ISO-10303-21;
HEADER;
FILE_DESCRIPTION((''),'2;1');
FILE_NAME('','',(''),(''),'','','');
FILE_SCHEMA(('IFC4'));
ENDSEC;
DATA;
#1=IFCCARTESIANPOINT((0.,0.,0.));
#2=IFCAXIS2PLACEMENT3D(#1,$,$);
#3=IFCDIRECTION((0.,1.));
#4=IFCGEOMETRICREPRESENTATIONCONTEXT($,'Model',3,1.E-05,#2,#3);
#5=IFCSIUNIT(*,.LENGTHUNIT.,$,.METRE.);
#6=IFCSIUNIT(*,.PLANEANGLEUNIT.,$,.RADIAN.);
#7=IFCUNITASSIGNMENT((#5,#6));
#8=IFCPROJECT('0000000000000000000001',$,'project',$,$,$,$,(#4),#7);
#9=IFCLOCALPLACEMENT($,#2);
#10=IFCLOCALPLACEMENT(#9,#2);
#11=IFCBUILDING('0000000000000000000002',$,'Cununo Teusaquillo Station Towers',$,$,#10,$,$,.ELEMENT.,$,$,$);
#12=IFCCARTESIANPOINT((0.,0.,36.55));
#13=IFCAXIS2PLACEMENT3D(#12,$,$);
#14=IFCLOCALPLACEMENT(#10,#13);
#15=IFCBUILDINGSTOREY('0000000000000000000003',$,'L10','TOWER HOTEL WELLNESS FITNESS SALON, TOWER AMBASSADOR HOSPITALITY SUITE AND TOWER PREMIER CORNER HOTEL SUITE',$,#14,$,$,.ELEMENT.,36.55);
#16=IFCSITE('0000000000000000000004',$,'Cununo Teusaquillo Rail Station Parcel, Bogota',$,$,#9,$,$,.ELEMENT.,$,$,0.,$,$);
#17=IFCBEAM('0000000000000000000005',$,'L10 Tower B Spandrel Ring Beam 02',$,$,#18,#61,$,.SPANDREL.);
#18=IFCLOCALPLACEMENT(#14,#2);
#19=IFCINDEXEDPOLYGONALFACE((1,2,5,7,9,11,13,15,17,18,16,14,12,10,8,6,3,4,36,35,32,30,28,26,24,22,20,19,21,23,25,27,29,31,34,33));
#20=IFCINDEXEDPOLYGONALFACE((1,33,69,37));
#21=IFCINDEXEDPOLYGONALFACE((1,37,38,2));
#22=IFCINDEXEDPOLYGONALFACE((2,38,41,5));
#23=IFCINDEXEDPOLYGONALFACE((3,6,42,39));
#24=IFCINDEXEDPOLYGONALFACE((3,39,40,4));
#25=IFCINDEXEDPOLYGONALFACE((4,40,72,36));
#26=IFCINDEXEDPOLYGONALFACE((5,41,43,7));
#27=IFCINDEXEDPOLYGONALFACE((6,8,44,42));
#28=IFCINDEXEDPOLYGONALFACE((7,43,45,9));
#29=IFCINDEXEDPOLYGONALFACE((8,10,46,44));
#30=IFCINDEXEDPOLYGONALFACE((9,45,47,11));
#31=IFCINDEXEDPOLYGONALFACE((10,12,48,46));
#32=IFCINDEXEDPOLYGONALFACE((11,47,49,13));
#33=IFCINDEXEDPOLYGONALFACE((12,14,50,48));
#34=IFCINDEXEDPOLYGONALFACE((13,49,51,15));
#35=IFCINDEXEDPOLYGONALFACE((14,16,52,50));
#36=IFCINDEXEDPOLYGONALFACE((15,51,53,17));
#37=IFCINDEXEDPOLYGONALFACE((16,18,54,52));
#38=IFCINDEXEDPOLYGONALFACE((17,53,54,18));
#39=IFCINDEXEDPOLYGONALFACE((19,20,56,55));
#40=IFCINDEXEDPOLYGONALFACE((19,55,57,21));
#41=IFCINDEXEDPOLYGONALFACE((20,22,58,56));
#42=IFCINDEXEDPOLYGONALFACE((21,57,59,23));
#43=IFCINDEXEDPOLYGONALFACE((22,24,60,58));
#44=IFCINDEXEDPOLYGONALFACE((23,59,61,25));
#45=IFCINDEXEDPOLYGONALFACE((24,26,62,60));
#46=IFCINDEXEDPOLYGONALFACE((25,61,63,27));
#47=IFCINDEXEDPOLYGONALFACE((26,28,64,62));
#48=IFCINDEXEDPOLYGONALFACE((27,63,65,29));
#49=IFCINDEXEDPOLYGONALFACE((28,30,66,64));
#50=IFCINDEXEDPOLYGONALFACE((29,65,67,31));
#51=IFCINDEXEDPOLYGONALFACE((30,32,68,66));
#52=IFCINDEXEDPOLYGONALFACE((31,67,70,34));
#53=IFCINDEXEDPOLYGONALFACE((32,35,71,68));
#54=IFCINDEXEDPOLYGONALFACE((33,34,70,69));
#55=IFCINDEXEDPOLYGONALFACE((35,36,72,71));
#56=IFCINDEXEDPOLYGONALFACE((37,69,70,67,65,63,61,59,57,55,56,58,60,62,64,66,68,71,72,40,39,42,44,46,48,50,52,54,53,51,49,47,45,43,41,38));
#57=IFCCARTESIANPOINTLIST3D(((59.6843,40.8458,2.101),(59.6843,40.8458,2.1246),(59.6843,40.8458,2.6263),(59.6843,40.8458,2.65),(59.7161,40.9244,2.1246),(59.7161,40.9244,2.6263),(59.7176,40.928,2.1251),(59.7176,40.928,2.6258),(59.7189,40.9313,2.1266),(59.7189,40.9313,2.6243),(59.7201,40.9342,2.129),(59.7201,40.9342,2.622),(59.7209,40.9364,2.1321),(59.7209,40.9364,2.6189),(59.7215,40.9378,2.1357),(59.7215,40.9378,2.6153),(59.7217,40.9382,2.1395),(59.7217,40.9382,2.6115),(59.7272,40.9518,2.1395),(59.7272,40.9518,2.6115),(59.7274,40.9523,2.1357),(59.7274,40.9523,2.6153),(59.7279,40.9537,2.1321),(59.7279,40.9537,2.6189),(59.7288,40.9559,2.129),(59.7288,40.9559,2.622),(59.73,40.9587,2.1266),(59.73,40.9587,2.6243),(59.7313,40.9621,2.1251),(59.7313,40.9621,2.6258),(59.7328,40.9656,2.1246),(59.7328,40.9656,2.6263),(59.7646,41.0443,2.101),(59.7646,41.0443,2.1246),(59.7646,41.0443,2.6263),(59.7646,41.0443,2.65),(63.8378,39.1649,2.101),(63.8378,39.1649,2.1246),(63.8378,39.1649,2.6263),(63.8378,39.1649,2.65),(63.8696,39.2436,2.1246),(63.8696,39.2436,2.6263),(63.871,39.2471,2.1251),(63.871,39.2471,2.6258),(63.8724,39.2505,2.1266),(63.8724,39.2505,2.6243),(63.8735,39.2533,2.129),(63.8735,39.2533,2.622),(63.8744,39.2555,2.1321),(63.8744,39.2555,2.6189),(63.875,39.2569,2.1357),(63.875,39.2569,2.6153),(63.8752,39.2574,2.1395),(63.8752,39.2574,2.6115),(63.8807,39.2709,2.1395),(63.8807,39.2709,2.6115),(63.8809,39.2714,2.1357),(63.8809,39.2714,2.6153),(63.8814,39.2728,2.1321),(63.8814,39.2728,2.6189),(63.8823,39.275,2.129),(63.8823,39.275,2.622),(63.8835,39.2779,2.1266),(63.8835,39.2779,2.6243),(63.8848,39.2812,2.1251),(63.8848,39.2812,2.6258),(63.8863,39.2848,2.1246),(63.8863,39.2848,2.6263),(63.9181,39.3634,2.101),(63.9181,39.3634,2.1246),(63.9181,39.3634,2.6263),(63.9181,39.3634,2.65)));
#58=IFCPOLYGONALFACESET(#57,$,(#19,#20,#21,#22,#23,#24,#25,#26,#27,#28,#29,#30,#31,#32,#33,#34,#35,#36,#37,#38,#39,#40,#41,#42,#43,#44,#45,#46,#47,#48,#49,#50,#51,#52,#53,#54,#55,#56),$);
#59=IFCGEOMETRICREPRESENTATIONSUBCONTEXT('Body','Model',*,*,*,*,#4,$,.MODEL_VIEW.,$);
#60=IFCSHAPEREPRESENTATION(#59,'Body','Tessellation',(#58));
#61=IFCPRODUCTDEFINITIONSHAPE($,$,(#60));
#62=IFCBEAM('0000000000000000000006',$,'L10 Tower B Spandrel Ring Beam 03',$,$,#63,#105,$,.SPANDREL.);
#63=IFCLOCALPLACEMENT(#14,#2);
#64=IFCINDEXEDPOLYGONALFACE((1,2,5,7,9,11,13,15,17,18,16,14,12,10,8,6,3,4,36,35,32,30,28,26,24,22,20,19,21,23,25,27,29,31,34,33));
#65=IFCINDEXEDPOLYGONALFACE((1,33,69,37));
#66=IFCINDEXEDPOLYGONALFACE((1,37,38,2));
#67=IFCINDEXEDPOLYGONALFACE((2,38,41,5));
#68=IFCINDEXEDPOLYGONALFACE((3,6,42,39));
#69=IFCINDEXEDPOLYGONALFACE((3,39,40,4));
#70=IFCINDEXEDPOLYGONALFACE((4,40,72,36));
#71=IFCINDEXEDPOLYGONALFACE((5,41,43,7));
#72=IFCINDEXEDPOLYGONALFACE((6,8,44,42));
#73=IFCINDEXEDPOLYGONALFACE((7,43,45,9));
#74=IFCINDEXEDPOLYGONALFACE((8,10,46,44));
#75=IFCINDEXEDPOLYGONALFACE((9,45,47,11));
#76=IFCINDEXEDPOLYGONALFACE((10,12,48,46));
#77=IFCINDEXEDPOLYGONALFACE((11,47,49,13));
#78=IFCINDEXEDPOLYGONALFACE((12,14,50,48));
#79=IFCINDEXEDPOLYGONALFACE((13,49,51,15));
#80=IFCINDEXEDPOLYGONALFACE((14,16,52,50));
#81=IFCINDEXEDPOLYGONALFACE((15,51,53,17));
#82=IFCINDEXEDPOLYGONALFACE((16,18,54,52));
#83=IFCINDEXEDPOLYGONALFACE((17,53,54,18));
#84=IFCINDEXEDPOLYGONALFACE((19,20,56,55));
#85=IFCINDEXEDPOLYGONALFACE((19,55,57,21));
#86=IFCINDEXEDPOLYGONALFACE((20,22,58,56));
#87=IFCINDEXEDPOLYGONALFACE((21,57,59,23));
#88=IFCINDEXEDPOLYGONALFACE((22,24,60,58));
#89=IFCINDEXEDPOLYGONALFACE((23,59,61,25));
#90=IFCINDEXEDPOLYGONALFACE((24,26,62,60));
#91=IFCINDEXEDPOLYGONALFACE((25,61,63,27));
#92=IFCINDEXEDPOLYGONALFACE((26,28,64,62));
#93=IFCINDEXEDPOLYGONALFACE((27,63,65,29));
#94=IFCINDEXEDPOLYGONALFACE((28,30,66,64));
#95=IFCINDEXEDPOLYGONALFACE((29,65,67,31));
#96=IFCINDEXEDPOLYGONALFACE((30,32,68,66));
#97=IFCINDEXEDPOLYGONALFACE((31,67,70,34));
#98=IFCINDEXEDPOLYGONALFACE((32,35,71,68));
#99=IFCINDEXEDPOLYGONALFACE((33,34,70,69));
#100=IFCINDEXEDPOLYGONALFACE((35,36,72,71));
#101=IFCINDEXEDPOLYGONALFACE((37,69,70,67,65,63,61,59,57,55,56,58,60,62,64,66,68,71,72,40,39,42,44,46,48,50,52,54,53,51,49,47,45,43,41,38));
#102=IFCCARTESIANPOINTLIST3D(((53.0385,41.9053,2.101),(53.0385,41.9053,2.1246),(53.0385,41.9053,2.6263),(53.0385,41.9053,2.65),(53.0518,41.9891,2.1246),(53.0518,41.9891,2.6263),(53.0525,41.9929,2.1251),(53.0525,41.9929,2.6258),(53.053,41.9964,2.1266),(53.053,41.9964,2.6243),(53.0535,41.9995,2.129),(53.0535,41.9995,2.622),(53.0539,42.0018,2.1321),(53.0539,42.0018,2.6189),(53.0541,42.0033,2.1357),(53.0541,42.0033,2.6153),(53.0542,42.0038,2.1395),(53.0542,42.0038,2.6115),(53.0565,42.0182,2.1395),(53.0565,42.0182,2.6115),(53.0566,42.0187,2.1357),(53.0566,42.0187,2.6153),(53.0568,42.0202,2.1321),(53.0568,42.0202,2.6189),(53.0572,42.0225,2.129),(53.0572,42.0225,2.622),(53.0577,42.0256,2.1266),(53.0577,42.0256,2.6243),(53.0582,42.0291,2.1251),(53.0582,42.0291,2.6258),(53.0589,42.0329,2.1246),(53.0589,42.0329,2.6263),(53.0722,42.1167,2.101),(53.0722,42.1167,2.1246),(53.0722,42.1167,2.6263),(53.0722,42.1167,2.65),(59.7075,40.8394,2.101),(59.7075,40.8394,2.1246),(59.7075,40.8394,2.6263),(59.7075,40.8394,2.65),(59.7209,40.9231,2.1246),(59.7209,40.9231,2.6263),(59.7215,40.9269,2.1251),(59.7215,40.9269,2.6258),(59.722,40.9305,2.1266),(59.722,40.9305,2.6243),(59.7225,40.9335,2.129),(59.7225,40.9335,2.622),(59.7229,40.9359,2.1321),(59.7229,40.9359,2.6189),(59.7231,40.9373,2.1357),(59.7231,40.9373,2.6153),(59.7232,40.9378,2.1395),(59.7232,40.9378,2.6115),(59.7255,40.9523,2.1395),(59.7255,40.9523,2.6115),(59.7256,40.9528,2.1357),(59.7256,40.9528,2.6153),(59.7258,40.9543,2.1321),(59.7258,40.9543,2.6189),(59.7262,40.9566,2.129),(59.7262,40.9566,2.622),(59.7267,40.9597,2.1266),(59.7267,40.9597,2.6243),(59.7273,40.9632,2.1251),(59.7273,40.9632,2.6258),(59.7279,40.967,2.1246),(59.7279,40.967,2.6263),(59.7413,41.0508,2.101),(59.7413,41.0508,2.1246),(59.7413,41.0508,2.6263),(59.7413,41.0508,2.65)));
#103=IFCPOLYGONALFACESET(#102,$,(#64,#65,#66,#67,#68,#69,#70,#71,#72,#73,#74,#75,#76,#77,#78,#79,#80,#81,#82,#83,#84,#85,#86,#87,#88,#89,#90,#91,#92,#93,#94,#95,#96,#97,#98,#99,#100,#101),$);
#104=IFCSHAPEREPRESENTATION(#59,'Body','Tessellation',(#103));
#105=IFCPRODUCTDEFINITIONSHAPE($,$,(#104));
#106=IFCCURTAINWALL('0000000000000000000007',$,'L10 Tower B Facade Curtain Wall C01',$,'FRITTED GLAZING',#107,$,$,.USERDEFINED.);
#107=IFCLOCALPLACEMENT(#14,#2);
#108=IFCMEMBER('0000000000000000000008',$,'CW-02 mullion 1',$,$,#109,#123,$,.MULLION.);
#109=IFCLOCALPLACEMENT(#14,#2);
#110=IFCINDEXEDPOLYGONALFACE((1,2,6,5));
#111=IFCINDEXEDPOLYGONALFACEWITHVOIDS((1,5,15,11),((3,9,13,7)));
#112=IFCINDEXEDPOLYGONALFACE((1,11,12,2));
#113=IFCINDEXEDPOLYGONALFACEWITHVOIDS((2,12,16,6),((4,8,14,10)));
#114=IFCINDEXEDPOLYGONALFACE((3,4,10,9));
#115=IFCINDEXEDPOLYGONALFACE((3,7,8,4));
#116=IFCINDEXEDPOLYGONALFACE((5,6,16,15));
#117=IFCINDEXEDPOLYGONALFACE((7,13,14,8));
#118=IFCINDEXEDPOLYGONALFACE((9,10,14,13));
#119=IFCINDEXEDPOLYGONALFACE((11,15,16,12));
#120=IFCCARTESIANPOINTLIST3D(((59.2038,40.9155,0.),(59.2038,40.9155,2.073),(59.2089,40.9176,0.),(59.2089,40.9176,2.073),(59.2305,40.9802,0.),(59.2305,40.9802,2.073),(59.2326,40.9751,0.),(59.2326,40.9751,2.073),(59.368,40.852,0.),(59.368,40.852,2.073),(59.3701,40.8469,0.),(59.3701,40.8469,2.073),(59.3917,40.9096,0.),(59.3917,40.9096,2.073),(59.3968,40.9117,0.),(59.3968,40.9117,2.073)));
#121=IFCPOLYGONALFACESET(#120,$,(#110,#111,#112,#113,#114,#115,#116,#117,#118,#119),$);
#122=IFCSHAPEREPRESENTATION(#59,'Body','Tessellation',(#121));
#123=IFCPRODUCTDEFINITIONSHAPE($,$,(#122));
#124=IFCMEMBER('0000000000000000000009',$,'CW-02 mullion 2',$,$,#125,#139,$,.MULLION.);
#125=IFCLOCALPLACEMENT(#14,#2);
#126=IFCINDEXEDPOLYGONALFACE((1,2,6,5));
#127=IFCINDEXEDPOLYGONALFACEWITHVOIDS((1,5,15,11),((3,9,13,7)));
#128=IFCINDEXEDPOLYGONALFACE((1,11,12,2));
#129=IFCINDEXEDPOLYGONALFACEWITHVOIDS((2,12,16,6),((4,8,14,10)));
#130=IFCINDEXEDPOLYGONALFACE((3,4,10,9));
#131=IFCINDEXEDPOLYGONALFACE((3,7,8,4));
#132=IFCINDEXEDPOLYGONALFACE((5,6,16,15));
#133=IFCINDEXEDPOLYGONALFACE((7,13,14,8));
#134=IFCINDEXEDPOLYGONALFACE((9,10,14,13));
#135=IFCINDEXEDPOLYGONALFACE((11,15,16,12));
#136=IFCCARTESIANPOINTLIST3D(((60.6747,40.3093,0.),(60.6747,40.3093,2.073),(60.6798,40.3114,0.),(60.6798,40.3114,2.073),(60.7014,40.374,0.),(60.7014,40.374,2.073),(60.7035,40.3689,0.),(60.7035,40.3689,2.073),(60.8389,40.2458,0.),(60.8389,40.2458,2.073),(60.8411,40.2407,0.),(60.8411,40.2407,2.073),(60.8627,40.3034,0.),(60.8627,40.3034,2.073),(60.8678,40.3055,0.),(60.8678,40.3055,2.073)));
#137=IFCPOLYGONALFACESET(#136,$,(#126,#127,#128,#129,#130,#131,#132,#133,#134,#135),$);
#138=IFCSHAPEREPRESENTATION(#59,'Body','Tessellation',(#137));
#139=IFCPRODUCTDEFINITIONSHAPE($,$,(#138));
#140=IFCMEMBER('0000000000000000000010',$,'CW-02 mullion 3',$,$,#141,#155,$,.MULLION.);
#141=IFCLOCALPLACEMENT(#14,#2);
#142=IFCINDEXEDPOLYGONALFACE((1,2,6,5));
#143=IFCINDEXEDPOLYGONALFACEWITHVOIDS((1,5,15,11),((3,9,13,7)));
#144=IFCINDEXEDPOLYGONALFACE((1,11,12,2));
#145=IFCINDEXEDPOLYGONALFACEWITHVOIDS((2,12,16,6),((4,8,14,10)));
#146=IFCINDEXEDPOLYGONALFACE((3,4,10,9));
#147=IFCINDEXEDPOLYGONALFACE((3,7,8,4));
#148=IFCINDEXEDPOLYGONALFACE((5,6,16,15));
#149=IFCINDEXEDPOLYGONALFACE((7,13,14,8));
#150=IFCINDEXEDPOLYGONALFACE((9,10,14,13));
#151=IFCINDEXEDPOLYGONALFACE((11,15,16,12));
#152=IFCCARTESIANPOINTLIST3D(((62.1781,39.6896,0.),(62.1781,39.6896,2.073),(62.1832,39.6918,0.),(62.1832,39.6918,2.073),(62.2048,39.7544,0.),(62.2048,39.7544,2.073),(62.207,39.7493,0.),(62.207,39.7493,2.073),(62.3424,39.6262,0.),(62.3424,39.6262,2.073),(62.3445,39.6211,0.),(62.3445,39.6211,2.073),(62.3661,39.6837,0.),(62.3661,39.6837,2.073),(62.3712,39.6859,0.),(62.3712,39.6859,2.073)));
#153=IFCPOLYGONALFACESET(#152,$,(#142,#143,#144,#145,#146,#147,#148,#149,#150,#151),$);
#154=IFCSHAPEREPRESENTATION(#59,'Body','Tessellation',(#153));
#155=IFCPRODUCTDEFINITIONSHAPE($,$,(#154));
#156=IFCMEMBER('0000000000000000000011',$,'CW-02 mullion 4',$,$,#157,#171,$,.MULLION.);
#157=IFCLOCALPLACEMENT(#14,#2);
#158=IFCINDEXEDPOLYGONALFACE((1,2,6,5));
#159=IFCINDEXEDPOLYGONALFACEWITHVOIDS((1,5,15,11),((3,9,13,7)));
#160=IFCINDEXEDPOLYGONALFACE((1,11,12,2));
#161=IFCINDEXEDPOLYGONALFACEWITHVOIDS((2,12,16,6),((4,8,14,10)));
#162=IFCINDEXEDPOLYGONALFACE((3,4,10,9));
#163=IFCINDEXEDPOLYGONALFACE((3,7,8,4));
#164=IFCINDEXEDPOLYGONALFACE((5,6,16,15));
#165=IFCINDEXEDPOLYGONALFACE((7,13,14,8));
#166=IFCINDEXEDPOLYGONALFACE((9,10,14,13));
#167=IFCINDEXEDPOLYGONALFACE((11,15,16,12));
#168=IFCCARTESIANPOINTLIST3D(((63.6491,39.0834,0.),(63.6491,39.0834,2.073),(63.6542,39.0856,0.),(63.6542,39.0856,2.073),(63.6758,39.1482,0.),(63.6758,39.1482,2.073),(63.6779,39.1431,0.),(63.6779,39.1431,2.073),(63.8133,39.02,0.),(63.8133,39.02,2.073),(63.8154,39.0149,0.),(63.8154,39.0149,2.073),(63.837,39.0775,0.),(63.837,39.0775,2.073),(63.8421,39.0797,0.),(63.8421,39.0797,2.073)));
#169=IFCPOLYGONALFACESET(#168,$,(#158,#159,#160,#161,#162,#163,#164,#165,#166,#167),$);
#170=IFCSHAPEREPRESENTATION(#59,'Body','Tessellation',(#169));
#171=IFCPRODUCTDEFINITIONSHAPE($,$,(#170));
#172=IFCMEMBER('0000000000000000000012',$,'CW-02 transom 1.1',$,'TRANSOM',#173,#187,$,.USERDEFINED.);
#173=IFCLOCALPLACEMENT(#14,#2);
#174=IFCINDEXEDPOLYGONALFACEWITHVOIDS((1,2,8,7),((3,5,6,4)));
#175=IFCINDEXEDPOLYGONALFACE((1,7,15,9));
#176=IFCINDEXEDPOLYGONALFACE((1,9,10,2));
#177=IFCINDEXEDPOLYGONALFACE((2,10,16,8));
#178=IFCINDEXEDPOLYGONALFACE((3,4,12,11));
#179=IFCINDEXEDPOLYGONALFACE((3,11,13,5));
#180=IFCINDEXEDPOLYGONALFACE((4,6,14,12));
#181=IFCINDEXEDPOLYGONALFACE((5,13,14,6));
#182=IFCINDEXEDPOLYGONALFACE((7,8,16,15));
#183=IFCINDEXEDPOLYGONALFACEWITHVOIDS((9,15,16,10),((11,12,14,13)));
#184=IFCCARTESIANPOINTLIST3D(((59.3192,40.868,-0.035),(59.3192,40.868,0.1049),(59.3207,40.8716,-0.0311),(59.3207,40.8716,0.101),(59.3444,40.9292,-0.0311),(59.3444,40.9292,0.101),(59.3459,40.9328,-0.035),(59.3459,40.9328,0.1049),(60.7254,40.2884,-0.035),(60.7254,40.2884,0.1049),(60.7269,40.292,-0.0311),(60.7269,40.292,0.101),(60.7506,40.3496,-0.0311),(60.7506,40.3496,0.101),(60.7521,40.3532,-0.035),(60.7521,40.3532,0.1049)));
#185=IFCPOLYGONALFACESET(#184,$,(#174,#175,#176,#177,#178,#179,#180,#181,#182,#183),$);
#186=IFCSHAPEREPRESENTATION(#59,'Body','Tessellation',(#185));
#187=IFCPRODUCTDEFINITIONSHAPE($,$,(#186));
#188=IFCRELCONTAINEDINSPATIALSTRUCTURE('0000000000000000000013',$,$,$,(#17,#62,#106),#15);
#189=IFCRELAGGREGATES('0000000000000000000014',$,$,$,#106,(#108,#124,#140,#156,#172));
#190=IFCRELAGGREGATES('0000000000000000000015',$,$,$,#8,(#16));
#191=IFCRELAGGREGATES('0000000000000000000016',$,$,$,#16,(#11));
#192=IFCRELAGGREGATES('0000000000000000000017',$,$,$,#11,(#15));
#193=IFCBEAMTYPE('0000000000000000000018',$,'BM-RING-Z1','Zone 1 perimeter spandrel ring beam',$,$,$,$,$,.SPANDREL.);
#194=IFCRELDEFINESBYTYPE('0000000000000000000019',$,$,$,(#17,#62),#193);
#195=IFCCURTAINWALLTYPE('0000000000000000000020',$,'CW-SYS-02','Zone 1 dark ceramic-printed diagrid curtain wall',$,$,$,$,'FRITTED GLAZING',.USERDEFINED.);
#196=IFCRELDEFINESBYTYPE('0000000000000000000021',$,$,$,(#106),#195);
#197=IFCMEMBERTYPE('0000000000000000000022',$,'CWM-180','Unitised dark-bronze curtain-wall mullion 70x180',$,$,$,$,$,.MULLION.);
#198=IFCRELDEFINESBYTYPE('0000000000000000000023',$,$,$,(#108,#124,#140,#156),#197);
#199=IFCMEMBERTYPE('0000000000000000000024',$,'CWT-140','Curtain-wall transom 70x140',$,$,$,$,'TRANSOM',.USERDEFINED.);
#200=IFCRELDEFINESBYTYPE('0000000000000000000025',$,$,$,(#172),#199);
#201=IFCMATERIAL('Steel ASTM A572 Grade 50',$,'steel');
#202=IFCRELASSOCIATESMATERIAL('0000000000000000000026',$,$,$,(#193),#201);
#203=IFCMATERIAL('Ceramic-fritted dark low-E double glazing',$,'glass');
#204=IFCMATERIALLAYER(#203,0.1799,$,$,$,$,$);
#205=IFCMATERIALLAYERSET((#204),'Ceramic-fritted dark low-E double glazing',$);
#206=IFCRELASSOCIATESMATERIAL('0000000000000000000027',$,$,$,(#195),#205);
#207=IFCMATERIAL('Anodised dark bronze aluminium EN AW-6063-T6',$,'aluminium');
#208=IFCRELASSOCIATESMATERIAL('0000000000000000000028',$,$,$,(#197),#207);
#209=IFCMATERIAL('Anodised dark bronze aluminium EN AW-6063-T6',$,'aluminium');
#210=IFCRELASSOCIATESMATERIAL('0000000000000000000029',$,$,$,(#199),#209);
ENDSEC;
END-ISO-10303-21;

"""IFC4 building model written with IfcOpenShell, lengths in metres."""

from ifc_helpers import new_model, si_unit, direction, frame, origin, origin_2d, place, context, subcontext, project, spatial, hollow_rectangle, i_section, extrude, material, layer, layer_set, material_profile, profile_set, type_object, element, aggregate, save


model = new_model("IFC4")

# Units and contexts
model_context = context("Model", 3, precision=1e-05, world=origin(), true_north=direction((0.0, 1.0)))
body_context = subcontext(model_context, "Body", "Model", "MODEL_VIEW")
ifc_project = project(units=[si_unit("LENGTHUNIT", "METRE"), si_unit("PLANEANGLEUNIT", "RADIAN")], contexts=[model_context])

# Site, building, storey
site_placement = place(None, origin())
site = spatial("IfcSite", under=ifc_project, at=site_placement, Name="Cununo Teusaquillo Rail Station Parcel, Bogota", CompositionType="ELEMENT", RefElevation=0.0)
building_placement = place(site_placement, origin())
building = spatial("IfcBuilding", under=site, at=building_placement, Name="Cununo Teusaquillo Station Towers", CompositionType="ELEMENT")
storey_placement = place(building_placement, frame((0.0, 0.0, 36.55)))
storey = spatial("IfcBuildingStorey", under=building, at=storey_placement, Name="L10", Description="TOWER HOTEL WELLNESS FITNESS SALON, TOWER AMBASSADOR HOSPITALITY SUITE AND TOWER PREMIER CORNER HOTEL SUITE", CompositionType="ELEMENT", Elevation=36.55)

# Beams
ifc_material_1 = material(Name="Steel ASTM A572 Grade 50", Category="steel")
ifc_material_profile_1 = material_profile(ifc_material_1, i_section(OverallWidth=0.2141, OverallDepth=0.5491, WebThickness=0.0146, FlangeThickness=0.0237, FilletRadius=0.0149, at=origin_2d()), Name="W21X93")
ifc_profile_set_1 = profile_set([ifc_material_profile_1], Name="Steel ASTM A572 Grade 50")
beam_type = type_object("IfcBeamType", Name="BM-RING-Z1", Description="Zone 1 perimeter spandrel ring beam", PredefinedType="SPANDREL", material=ifc_profile_set_1)
beam_1_placement = place(storey_placement, frame((63.8779, 39.2642, 2.3755), z_axis=(-0.92697, 0.375136, 0.0), x_axis=(-0.375136, -0.92697, 0.0)))
element("IfcBeam", 1, at=beam_1_placement, inside=storey, type_object=beam_type, Name="L10 Tower B Spandrel Ring Beam 02", PredefinedType="SPANDREL", context=body_context, shape_type="SweptSolid", body=[
    extrude(i_section(OverallWidth=0.2141, OverallDepth=0.5491, WebThickness=0.0146, FlangeThickness=0.0237, FilletRadius=0.0149, at=origin_2d()), origin(), (0.0, 0.0, 1.0), 4.4807),
])
beam_2_placement = place(storey_placement, frame((59.7244, 40.9451, 2.3755), z_axis=(-0.987466, 0.15783, 0.0), x_axis=(-0.15783, -0.987466, 0.0)))
element("IfcBeam", 2, at=beam_2_placement, inside=storey, type_object=beam_type, Name="L10 Tower B Spandrel Ring Beam 03", PredefinedType="SPANDREL", context=body_context, shape_type="SweptSolid", body=[
    extrude(i_section(OverallWidth=0.2141, OverallDepth=0.5491, WebThickness=0.0146, FlangeThickness=0.0237, FilletRadius=0.0149, at=origin_2d()), origin(), (0.0, 0.0, 1.0), 6.7537),
])

# Curtain wall, members
ifc_material_2 = material(Name="Ceramic-fritted dark low-E double glazing", Category="glass")
ifc_layer_1 = layer(ifc_material_2, 0.1799)
ifc_layer_set_1 = layer_set([ifc_layer_1], Name="Ceramic-fritted dark low-E double glazing")
curtain_wall_type = type_object("IfcCurtainWallType", Name="CW-SYS-02", Description="Zone 1 dark ceramic-printed diagrid curtain wall", ElementType="FRITTED GLAZING", PredefinedType="USERDEFINED", material=ifc_layer_set_1)
curtain_wall_placement = place(storey_placement, origin())
curtain_wall = element("IfcCurtainWall", 3, at=curtain_wall_placement, inside=storey, type_object=curtain_wall_type, Name="L10 Tower B Facade Curtain Wall C01", ObjectType="FRITTED GLAZING", PredefinedType="USERDEFINED")
ifc_material_3 = material(Name="Anodised dark bronze aluminium EN AW-6063-T6", Category="aluminium")
ifc_material_profile_2 = material_profile(ifc_material_3, hollow_rectangle(XDim=0.0701, YDim=0.1799, WallThickness=0.0039, at=origin_2d()), Name="CW-MULL-70x180")
ifc_profile_set_2 = profile_set([ifc_material_profile_2], Name="Anodised dark bronze aluminium EN AW-6063-T6")
member_type_1 = type_object("IfcMemberType", Name="CWM-180", Description="Unitised dark-bronze curtain-wall mullion 70x180", PredefinedType="MULLION", material=ifc_profile_set_2)
member_1_placement = place(storey_placement, frame((59.3003, 40.9136, 0.0), z_axis=(0.0, 0.0, 1.0), x_axis=(0.381055, 0.924552, 0.0)))
member_1 = element("IfcMember", 4, at=member_1_placement, type_object=member_type_1, Name="CW-02 mullion 1", PredefinedType="MULLION", context=body_context, shape_type="SweptSolid", body=[
    extrude(hollow_rectangle(XDim=0.0701, YDim=0.1799, WallThickness=0.0039, at=origin_2d()), origin(), (0.0, 0.0, 1.0), 2.073),
])
member_2_placement = place(storey_placement, frame((60.7712, 40.3074, 0.0), z_axis=(0.0, 0.0, 1.0), x_axis=(0.381055, 0.924552, 0.0)))
member_2 = element("IfcMember", 5, at=member_2_placement, type_object=member_type_1, Name="CW-02 mullion 2", PredefinedType="MULLION", context=body_context, shape_type="SweptSolid", body=[
    extrude(hollow_rectangle(XDim=0.0701, YDim=0.1799, WallThickness=0.0039, at=origin_2d()), origin(), (0.0, 0.0, 1.0), 2.073),
])
member_3_placement = place(storey_placement, frame((62.2747, 39.6877, 0.0), z_axis=(0.0, 0.0, 1.0), x_axis=(0.381055, 0.924552, 0.0)))
member_3 = element("IfcMember", 6, at=member_3_placement, type_object=member_type_1, Name="CW-02 mullion 3", PredefinedType="MULLION", context=body_context, shape_type="SweptSolid", body=[
    extrude(hollow_rectangle(XDim=0.0701, YDim=0.1799, WallThickness=0.0039, at=origin_2d()), origin(), (0.0, 0.0, 1.0), 2.073),
])
member_4_placement = place(storey_placement, frame((63.7456, 39.0815, 0.0), z_axis=(0.0, 0.0, 1.0), x_axis=(0.381055, 0.924552, 0.0)))
member_4 = element("IfcMember", 7, at=member_4_placement, type_object=member_type_1, Name="CW-02 mullion 4", PredefinedType="MULLION", context=body_context, shape_type="SweptSolid", body=[
    extrude(hollow_rectangle(XDim=0.0701, YDim=0.1799, WallThickness=0.0039, at=origin_2d()), origin(), (0.0, 0.0, 1.0), 2.073),
])
ifc_material_4 = material(Name="Anodised dark bronze aluminium EN AW-6063-T6", Category="aluminium")
ifc_material_profile_3 = material_profile(ifc_material_4, hollow_rectangle(XDim=0.0701, YDim=0.1399, WallThickness=0.0039, at=origin_2d()), Name="CW-TRAN-70x140")
ifc_profile_set_3 = profile_set([ifc_material_profile_3], Name="Anodised dark bronze aluminium EN AW-6063-T6")
member_type_2 = type_object("IfcMemberType", Name="CWT-140", Description="Curtain-wall transom 70x140", ElementType="TRANSOM", PredefinedType="USERDEFINED", material=ifc_profile_set_3)
member_5_placement = place(storey_placement, frame((59.3325, 40.9004, 0.0349), z_axis=(0.924552, -0.381057, 0.0), x_axis=(0.381057, 0.924552, 0.0)))
member_5 = element("IfcMember", 8, at=member_5_placement, type_object=member_type_2, Name="CW-02 transom 1.1", ObjectType="TRANSOM", PredefinedType="USERDEFINED", context=body_context, shape_type="SweptSolid", body=[
    extrude(hollow_rectangle(XDim=0.0701, YDim=0.1399, WallThickness=0.0039, at=origin_2d()), origin(), (0.0, 0.0, 1.0), 1.521),
])

aggregate(curtain_wall, [member_1, member_2, member_3, member_4, member_5])

save(model, "model.ifc")
